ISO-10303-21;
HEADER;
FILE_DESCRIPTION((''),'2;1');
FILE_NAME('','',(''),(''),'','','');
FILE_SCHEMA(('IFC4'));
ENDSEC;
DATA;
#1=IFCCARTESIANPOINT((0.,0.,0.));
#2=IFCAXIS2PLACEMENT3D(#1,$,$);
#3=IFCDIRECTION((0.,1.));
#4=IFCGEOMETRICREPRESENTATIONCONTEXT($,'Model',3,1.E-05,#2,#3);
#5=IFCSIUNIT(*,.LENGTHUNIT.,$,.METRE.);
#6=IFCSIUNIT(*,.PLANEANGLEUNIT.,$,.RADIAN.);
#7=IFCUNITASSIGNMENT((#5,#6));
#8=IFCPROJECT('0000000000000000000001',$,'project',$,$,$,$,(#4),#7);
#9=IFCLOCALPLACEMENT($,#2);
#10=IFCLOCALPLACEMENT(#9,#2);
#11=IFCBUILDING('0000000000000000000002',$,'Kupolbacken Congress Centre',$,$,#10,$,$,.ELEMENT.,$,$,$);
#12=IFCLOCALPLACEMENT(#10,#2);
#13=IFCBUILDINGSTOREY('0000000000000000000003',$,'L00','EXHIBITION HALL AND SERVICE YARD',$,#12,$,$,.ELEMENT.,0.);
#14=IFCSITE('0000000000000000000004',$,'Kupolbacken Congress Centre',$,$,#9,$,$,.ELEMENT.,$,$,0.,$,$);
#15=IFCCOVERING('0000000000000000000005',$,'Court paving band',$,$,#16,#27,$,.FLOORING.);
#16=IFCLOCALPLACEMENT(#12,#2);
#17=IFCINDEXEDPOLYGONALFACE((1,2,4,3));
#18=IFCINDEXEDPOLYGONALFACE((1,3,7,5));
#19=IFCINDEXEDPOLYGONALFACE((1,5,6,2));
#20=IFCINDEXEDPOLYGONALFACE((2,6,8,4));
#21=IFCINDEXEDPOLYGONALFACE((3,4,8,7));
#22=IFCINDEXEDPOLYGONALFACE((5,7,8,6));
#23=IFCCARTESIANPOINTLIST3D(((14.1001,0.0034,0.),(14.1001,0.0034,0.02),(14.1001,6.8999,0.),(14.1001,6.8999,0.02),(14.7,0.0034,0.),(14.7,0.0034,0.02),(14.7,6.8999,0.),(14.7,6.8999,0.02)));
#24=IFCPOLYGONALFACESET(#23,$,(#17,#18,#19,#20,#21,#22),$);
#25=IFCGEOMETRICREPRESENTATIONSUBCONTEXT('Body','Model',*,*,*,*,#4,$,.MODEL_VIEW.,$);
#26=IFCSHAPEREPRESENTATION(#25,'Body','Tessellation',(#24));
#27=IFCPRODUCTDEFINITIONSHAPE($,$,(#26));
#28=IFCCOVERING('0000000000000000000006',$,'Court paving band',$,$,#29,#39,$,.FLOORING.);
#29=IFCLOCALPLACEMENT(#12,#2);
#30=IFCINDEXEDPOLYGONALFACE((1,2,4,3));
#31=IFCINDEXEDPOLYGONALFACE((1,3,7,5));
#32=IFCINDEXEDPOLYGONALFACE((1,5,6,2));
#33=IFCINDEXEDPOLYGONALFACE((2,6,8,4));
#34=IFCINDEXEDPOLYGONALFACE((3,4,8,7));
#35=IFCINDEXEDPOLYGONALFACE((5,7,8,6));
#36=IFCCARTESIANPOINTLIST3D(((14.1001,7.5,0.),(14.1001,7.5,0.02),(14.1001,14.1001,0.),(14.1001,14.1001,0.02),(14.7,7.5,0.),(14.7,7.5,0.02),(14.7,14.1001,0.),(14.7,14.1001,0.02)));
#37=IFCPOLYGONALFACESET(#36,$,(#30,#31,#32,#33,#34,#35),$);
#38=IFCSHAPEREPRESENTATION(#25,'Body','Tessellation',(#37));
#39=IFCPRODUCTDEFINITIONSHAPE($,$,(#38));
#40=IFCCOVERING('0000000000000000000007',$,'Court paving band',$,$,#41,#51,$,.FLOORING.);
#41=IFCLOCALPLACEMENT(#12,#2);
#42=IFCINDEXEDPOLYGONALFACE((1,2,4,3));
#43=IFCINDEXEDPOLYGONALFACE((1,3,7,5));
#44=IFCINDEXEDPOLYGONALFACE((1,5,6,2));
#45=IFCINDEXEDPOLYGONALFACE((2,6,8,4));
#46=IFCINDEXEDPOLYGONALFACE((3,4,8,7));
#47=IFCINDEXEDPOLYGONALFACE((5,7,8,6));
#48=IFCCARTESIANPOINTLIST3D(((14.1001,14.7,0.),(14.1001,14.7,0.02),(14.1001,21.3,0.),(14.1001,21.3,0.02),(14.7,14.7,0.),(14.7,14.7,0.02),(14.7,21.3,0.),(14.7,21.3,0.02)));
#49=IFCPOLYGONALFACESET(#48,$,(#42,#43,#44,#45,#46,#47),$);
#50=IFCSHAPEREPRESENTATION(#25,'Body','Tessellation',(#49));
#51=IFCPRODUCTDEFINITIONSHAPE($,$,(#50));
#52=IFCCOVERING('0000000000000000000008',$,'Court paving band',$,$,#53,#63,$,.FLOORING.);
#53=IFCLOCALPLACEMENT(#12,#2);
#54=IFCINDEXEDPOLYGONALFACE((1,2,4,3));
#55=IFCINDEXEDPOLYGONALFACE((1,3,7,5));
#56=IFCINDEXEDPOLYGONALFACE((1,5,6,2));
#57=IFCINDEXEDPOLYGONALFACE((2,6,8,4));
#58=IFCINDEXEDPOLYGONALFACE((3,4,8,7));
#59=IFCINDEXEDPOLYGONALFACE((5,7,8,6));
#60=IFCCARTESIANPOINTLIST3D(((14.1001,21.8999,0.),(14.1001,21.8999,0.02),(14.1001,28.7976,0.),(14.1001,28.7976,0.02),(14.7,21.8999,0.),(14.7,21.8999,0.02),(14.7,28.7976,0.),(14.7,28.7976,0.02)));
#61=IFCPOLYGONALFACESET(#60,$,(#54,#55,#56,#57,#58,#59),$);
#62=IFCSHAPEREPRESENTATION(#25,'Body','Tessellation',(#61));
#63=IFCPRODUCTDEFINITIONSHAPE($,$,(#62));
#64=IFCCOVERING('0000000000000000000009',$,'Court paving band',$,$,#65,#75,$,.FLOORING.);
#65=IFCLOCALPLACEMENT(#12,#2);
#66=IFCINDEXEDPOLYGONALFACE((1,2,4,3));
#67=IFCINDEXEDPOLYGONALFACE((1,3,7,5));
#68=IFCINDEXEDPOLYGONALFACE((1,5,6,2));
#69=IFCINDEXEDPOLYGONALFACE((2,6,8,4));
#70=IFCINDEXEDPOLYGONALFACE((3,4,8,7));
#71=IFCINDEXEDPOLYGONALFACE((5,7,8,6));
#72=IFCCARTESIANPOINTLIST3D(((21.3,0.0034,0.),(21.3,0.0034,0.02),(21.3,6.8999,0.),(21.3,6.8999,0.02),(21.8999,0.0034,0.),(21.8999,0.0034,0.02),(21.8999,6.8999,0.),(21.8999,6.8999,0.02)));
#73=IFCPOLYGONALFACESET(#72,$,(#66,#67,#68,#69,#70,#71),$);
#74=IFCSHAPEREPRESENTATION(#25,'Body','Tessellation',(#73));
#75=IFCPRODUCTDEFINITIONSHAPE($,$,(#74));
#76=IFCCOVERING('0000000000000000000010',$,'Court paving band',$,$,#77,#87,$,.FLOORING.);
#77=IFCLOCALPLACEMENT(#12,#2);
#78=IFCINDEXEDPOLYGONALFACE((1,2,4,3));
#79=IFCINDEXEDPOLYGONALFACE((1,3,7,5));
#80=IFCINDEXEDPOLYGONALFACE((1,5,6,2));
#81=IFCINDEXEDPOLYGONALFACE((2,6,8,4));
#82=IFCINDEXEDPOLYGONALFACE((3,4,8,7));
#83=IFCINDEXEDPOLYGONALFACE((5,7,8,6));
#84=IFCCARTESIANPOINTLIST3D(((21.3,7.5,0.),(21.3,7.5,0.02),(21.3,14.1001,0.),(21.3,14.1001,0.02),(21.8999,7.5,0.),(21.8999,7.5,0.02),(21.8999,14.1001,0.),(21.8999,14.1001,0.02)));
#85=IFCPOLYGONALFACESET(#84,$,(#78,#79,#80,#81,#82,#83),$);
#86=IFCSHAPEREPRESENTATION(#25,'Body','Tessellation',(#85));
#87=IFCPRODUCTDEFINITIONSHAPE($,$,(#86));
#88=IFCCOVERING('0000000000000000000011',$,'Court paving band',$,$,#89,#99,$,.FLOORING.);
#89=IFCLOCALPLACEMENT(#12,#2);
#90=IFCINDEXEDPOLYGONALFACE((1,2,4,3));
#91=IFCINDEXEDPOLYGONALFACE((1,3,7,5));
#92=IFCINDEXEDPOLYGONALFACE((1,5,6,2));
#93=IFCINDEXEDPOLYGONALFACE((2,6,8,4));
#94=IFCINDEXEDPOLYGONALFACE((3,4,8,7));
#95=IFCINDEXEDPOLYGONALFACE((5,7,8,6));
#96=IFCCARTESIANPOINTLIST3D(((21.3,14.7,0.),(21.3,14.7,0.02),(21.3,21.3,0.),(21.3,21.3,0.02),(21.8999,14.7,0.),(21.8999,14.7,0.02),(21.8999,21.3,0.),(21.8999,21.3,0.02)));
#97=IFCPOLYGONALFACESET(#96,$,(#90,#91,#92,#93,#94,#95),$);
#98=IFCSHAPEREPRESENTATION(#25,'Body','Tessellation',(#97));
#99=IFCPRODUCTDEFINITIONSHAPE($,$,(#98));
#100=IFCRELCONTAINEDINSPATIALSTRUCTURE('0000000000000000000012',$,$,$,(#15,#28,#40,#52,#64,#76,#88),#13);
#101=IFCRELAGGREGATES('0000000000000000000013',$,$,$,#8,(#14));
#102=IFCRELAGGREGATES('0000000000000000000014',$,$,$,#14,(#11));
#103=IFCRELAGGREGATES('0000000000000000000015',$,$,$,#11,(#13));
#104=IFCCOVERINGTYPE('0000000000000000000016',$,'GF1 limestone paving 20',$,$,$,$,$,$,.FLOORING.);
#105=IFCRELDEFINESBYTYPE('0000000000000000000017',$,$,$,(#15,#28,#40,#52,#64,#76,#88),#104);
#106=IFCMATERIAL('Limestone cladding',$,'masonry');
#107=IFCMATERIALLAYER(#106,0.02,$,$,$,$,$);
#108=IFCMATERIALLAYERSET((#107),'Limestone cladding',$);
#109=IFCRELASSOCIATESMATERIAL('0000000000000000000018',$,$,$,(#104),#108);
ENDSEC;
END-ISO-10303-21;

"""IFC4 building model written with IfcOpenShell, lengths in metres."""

from ifc_helpers import new_model, si_unit, direction, origin, place, context, subcontext, project, spatial, polyline, outline, extrude, material, layer, layer_set, type_object, element, save


model = new_model("IFC4")

# Units and contexts
model_context = context("Model", 3, precision=1e-05, world=origin(), true_north=direction((0.0, 1.0)))
body_context = subcontext(model_context, "Body", "Model", "MODEL_VIEW")
ifc_project = project(units=[si_unit("LENGTHUNIT", "METRE"), si_unit("PLANEANGLEUNIT", "RADIAN")], contexts=[model_context])

# Site, building, storey
site_placement = place(None, origin())
site = spatial("IfcSite", under=ifc_project, at=site_placement, Name="Kupolbacken Congress Centre", CompositionType="ELEMENT", RefElevation=0.0)
building_placement = place(site_placement, origin())
building = spatial("IfcBuilding", under=site, at=building_placement, Name="Kupolbacken Congress Centre", CompositionType="ELEMENT")
storey_placement = place(building_placement, origin())
storey = spatial("IfcBuildingStorey", under=building, at=storey_placement, Name="L00", Description="EXHIBITION HALL AND SERVICE YARD", CompositionType="ELEMENT", Elevation=0.0)

# Coverings
ifc_material_1 = material(Name="Limestone cladding", Category="masonry")
ifc_layer_1 = layer(ifc_material_1, 0.02)
ifc_layer_set_1 = layer_set([ifc_layer_1], Name="Limestone cladding")
covering_type_1 = type_object("IfcCoveringType", Name="GF1 limestone paving 20", PredefinedType="FLOORING", material=ifc_layer_set_1)
covering_1_placement = place(storey_placement, origin())
element("IfcCovering", 1, at=covering_1_placement, inside=storey, type_object=covering_type_1, Name="Court paving band", PredefinedType="FLOORING", context=body_context, shape_type="SweptSolid", body=[
    extrude(outline(polyline([(14.1001, 6.8999), (14.7, 6.8999), (14.7, 0.0034), (14.1001, 0.0034), (14.1001, 6.8999)])), origin(), (0.0, 0.0, 1.0), 0.02),
])
covering_2_placement = place(storey_placement, origin())
element("IfcCovering", 2, at=covering_2_placement, inside=storey, type_object=covering_type_1, Name="Court paving band", PredefinedType="FLOORING", context=body_context, shape_type="SweptSolid", body=[
    extrude(outline(polyline([(14.1001, 7.5), (14.1001, 14.1001), (14.7, 14.1001), (14.7, 7.5), (14.1001, 7.5)])), origin(), (0.0, 0.0, 1.0), 0.02),
])
covering_3_placement = place(storey_placement, origin())
element("IfcCovering", 3, at=covering_3_placement, inside=storey, type_object=covering_type_1, Name="Court paving band", PredefinedType="FLOORING", context=body_context, shape_type="SweptSolid", body=[
    extrude(outline(polyline([(14.1001, 14.7), (14.1001, 21.3), (14.7, 21.3), (14.7, 14.7), (14.1001, 14.7)])), origin(), (0.0, 0.0, 1.0), 0.02),
])
covering_4_placement = place(storey_placement, origin())
element("IfcCovering", 4, at=covering_4_placement, inside=storey, type_object=covering_type_1, Name="Court paving band", PredefinedType="FLOORING", context=body_context, shape_type="SweptSolid", body=[
    extrude(outline(polyline([(14.7, 21.8999), (14.1001, 21.8999), (14.1001, 28.7976), (14.7, 28.7976), (14.7, 21.8999)])), origin(), (0.0, 0.0, 1.0), 0.02),
])
covering_5_placement = place(storey_placement, origin())
element("IfcCovering", 5, at=covering_5_placement, inside=storey, type_object=covering_type_1, Name="Court paving band", PredefinedType="FLOORING", context=body_context, shape_type="SweptSolid", body=[
    extrude(outline(polyline([(21.3, 6.8999), (21.8999, 6.8999), (21.8999, 0.0034), (21.3, 0.0034), (21.3, 6.8999)])), origin(), (0.0, 0.0, 1.0), 0.02),
])
covering_6_placement = place(storey_placement, origin())
element("IfcCovering", 6, at=covering_6_placement, inside=storey, type_object=covering_type_1, Name="Court paving band", PredefinedType="FLOORING", context=body_context, shape_type="SweptSolid", body=[
    extrude(outline(polyline([(21.3, 7.5), (21.3, 14.1001), (21.8999, 14.1001), (21.8999, 7.5), (21.3, 7.5)])), origin(), (0.0, 0.0, 1.0), 0.02),
])
covering_7_placement = place(storey_placement, origin())
element("IfcCovering", 7, at=covering_7_placement, inside=storey, type_object=covering_type_1, Name="Court paving band", PredefinedType="FLOORING", context=body_context, shape_type="SweptSolid", body=[
    extrude(outline(polyline([(21.3, 14.7), (21.3, 21.3), (21.8999, 21.3), (21.8999, 14.7), (21.3, 14.7)])), origin(), (0.0, 0.0, 1.0), 0.02),
])

save(model, "model.ifc")
